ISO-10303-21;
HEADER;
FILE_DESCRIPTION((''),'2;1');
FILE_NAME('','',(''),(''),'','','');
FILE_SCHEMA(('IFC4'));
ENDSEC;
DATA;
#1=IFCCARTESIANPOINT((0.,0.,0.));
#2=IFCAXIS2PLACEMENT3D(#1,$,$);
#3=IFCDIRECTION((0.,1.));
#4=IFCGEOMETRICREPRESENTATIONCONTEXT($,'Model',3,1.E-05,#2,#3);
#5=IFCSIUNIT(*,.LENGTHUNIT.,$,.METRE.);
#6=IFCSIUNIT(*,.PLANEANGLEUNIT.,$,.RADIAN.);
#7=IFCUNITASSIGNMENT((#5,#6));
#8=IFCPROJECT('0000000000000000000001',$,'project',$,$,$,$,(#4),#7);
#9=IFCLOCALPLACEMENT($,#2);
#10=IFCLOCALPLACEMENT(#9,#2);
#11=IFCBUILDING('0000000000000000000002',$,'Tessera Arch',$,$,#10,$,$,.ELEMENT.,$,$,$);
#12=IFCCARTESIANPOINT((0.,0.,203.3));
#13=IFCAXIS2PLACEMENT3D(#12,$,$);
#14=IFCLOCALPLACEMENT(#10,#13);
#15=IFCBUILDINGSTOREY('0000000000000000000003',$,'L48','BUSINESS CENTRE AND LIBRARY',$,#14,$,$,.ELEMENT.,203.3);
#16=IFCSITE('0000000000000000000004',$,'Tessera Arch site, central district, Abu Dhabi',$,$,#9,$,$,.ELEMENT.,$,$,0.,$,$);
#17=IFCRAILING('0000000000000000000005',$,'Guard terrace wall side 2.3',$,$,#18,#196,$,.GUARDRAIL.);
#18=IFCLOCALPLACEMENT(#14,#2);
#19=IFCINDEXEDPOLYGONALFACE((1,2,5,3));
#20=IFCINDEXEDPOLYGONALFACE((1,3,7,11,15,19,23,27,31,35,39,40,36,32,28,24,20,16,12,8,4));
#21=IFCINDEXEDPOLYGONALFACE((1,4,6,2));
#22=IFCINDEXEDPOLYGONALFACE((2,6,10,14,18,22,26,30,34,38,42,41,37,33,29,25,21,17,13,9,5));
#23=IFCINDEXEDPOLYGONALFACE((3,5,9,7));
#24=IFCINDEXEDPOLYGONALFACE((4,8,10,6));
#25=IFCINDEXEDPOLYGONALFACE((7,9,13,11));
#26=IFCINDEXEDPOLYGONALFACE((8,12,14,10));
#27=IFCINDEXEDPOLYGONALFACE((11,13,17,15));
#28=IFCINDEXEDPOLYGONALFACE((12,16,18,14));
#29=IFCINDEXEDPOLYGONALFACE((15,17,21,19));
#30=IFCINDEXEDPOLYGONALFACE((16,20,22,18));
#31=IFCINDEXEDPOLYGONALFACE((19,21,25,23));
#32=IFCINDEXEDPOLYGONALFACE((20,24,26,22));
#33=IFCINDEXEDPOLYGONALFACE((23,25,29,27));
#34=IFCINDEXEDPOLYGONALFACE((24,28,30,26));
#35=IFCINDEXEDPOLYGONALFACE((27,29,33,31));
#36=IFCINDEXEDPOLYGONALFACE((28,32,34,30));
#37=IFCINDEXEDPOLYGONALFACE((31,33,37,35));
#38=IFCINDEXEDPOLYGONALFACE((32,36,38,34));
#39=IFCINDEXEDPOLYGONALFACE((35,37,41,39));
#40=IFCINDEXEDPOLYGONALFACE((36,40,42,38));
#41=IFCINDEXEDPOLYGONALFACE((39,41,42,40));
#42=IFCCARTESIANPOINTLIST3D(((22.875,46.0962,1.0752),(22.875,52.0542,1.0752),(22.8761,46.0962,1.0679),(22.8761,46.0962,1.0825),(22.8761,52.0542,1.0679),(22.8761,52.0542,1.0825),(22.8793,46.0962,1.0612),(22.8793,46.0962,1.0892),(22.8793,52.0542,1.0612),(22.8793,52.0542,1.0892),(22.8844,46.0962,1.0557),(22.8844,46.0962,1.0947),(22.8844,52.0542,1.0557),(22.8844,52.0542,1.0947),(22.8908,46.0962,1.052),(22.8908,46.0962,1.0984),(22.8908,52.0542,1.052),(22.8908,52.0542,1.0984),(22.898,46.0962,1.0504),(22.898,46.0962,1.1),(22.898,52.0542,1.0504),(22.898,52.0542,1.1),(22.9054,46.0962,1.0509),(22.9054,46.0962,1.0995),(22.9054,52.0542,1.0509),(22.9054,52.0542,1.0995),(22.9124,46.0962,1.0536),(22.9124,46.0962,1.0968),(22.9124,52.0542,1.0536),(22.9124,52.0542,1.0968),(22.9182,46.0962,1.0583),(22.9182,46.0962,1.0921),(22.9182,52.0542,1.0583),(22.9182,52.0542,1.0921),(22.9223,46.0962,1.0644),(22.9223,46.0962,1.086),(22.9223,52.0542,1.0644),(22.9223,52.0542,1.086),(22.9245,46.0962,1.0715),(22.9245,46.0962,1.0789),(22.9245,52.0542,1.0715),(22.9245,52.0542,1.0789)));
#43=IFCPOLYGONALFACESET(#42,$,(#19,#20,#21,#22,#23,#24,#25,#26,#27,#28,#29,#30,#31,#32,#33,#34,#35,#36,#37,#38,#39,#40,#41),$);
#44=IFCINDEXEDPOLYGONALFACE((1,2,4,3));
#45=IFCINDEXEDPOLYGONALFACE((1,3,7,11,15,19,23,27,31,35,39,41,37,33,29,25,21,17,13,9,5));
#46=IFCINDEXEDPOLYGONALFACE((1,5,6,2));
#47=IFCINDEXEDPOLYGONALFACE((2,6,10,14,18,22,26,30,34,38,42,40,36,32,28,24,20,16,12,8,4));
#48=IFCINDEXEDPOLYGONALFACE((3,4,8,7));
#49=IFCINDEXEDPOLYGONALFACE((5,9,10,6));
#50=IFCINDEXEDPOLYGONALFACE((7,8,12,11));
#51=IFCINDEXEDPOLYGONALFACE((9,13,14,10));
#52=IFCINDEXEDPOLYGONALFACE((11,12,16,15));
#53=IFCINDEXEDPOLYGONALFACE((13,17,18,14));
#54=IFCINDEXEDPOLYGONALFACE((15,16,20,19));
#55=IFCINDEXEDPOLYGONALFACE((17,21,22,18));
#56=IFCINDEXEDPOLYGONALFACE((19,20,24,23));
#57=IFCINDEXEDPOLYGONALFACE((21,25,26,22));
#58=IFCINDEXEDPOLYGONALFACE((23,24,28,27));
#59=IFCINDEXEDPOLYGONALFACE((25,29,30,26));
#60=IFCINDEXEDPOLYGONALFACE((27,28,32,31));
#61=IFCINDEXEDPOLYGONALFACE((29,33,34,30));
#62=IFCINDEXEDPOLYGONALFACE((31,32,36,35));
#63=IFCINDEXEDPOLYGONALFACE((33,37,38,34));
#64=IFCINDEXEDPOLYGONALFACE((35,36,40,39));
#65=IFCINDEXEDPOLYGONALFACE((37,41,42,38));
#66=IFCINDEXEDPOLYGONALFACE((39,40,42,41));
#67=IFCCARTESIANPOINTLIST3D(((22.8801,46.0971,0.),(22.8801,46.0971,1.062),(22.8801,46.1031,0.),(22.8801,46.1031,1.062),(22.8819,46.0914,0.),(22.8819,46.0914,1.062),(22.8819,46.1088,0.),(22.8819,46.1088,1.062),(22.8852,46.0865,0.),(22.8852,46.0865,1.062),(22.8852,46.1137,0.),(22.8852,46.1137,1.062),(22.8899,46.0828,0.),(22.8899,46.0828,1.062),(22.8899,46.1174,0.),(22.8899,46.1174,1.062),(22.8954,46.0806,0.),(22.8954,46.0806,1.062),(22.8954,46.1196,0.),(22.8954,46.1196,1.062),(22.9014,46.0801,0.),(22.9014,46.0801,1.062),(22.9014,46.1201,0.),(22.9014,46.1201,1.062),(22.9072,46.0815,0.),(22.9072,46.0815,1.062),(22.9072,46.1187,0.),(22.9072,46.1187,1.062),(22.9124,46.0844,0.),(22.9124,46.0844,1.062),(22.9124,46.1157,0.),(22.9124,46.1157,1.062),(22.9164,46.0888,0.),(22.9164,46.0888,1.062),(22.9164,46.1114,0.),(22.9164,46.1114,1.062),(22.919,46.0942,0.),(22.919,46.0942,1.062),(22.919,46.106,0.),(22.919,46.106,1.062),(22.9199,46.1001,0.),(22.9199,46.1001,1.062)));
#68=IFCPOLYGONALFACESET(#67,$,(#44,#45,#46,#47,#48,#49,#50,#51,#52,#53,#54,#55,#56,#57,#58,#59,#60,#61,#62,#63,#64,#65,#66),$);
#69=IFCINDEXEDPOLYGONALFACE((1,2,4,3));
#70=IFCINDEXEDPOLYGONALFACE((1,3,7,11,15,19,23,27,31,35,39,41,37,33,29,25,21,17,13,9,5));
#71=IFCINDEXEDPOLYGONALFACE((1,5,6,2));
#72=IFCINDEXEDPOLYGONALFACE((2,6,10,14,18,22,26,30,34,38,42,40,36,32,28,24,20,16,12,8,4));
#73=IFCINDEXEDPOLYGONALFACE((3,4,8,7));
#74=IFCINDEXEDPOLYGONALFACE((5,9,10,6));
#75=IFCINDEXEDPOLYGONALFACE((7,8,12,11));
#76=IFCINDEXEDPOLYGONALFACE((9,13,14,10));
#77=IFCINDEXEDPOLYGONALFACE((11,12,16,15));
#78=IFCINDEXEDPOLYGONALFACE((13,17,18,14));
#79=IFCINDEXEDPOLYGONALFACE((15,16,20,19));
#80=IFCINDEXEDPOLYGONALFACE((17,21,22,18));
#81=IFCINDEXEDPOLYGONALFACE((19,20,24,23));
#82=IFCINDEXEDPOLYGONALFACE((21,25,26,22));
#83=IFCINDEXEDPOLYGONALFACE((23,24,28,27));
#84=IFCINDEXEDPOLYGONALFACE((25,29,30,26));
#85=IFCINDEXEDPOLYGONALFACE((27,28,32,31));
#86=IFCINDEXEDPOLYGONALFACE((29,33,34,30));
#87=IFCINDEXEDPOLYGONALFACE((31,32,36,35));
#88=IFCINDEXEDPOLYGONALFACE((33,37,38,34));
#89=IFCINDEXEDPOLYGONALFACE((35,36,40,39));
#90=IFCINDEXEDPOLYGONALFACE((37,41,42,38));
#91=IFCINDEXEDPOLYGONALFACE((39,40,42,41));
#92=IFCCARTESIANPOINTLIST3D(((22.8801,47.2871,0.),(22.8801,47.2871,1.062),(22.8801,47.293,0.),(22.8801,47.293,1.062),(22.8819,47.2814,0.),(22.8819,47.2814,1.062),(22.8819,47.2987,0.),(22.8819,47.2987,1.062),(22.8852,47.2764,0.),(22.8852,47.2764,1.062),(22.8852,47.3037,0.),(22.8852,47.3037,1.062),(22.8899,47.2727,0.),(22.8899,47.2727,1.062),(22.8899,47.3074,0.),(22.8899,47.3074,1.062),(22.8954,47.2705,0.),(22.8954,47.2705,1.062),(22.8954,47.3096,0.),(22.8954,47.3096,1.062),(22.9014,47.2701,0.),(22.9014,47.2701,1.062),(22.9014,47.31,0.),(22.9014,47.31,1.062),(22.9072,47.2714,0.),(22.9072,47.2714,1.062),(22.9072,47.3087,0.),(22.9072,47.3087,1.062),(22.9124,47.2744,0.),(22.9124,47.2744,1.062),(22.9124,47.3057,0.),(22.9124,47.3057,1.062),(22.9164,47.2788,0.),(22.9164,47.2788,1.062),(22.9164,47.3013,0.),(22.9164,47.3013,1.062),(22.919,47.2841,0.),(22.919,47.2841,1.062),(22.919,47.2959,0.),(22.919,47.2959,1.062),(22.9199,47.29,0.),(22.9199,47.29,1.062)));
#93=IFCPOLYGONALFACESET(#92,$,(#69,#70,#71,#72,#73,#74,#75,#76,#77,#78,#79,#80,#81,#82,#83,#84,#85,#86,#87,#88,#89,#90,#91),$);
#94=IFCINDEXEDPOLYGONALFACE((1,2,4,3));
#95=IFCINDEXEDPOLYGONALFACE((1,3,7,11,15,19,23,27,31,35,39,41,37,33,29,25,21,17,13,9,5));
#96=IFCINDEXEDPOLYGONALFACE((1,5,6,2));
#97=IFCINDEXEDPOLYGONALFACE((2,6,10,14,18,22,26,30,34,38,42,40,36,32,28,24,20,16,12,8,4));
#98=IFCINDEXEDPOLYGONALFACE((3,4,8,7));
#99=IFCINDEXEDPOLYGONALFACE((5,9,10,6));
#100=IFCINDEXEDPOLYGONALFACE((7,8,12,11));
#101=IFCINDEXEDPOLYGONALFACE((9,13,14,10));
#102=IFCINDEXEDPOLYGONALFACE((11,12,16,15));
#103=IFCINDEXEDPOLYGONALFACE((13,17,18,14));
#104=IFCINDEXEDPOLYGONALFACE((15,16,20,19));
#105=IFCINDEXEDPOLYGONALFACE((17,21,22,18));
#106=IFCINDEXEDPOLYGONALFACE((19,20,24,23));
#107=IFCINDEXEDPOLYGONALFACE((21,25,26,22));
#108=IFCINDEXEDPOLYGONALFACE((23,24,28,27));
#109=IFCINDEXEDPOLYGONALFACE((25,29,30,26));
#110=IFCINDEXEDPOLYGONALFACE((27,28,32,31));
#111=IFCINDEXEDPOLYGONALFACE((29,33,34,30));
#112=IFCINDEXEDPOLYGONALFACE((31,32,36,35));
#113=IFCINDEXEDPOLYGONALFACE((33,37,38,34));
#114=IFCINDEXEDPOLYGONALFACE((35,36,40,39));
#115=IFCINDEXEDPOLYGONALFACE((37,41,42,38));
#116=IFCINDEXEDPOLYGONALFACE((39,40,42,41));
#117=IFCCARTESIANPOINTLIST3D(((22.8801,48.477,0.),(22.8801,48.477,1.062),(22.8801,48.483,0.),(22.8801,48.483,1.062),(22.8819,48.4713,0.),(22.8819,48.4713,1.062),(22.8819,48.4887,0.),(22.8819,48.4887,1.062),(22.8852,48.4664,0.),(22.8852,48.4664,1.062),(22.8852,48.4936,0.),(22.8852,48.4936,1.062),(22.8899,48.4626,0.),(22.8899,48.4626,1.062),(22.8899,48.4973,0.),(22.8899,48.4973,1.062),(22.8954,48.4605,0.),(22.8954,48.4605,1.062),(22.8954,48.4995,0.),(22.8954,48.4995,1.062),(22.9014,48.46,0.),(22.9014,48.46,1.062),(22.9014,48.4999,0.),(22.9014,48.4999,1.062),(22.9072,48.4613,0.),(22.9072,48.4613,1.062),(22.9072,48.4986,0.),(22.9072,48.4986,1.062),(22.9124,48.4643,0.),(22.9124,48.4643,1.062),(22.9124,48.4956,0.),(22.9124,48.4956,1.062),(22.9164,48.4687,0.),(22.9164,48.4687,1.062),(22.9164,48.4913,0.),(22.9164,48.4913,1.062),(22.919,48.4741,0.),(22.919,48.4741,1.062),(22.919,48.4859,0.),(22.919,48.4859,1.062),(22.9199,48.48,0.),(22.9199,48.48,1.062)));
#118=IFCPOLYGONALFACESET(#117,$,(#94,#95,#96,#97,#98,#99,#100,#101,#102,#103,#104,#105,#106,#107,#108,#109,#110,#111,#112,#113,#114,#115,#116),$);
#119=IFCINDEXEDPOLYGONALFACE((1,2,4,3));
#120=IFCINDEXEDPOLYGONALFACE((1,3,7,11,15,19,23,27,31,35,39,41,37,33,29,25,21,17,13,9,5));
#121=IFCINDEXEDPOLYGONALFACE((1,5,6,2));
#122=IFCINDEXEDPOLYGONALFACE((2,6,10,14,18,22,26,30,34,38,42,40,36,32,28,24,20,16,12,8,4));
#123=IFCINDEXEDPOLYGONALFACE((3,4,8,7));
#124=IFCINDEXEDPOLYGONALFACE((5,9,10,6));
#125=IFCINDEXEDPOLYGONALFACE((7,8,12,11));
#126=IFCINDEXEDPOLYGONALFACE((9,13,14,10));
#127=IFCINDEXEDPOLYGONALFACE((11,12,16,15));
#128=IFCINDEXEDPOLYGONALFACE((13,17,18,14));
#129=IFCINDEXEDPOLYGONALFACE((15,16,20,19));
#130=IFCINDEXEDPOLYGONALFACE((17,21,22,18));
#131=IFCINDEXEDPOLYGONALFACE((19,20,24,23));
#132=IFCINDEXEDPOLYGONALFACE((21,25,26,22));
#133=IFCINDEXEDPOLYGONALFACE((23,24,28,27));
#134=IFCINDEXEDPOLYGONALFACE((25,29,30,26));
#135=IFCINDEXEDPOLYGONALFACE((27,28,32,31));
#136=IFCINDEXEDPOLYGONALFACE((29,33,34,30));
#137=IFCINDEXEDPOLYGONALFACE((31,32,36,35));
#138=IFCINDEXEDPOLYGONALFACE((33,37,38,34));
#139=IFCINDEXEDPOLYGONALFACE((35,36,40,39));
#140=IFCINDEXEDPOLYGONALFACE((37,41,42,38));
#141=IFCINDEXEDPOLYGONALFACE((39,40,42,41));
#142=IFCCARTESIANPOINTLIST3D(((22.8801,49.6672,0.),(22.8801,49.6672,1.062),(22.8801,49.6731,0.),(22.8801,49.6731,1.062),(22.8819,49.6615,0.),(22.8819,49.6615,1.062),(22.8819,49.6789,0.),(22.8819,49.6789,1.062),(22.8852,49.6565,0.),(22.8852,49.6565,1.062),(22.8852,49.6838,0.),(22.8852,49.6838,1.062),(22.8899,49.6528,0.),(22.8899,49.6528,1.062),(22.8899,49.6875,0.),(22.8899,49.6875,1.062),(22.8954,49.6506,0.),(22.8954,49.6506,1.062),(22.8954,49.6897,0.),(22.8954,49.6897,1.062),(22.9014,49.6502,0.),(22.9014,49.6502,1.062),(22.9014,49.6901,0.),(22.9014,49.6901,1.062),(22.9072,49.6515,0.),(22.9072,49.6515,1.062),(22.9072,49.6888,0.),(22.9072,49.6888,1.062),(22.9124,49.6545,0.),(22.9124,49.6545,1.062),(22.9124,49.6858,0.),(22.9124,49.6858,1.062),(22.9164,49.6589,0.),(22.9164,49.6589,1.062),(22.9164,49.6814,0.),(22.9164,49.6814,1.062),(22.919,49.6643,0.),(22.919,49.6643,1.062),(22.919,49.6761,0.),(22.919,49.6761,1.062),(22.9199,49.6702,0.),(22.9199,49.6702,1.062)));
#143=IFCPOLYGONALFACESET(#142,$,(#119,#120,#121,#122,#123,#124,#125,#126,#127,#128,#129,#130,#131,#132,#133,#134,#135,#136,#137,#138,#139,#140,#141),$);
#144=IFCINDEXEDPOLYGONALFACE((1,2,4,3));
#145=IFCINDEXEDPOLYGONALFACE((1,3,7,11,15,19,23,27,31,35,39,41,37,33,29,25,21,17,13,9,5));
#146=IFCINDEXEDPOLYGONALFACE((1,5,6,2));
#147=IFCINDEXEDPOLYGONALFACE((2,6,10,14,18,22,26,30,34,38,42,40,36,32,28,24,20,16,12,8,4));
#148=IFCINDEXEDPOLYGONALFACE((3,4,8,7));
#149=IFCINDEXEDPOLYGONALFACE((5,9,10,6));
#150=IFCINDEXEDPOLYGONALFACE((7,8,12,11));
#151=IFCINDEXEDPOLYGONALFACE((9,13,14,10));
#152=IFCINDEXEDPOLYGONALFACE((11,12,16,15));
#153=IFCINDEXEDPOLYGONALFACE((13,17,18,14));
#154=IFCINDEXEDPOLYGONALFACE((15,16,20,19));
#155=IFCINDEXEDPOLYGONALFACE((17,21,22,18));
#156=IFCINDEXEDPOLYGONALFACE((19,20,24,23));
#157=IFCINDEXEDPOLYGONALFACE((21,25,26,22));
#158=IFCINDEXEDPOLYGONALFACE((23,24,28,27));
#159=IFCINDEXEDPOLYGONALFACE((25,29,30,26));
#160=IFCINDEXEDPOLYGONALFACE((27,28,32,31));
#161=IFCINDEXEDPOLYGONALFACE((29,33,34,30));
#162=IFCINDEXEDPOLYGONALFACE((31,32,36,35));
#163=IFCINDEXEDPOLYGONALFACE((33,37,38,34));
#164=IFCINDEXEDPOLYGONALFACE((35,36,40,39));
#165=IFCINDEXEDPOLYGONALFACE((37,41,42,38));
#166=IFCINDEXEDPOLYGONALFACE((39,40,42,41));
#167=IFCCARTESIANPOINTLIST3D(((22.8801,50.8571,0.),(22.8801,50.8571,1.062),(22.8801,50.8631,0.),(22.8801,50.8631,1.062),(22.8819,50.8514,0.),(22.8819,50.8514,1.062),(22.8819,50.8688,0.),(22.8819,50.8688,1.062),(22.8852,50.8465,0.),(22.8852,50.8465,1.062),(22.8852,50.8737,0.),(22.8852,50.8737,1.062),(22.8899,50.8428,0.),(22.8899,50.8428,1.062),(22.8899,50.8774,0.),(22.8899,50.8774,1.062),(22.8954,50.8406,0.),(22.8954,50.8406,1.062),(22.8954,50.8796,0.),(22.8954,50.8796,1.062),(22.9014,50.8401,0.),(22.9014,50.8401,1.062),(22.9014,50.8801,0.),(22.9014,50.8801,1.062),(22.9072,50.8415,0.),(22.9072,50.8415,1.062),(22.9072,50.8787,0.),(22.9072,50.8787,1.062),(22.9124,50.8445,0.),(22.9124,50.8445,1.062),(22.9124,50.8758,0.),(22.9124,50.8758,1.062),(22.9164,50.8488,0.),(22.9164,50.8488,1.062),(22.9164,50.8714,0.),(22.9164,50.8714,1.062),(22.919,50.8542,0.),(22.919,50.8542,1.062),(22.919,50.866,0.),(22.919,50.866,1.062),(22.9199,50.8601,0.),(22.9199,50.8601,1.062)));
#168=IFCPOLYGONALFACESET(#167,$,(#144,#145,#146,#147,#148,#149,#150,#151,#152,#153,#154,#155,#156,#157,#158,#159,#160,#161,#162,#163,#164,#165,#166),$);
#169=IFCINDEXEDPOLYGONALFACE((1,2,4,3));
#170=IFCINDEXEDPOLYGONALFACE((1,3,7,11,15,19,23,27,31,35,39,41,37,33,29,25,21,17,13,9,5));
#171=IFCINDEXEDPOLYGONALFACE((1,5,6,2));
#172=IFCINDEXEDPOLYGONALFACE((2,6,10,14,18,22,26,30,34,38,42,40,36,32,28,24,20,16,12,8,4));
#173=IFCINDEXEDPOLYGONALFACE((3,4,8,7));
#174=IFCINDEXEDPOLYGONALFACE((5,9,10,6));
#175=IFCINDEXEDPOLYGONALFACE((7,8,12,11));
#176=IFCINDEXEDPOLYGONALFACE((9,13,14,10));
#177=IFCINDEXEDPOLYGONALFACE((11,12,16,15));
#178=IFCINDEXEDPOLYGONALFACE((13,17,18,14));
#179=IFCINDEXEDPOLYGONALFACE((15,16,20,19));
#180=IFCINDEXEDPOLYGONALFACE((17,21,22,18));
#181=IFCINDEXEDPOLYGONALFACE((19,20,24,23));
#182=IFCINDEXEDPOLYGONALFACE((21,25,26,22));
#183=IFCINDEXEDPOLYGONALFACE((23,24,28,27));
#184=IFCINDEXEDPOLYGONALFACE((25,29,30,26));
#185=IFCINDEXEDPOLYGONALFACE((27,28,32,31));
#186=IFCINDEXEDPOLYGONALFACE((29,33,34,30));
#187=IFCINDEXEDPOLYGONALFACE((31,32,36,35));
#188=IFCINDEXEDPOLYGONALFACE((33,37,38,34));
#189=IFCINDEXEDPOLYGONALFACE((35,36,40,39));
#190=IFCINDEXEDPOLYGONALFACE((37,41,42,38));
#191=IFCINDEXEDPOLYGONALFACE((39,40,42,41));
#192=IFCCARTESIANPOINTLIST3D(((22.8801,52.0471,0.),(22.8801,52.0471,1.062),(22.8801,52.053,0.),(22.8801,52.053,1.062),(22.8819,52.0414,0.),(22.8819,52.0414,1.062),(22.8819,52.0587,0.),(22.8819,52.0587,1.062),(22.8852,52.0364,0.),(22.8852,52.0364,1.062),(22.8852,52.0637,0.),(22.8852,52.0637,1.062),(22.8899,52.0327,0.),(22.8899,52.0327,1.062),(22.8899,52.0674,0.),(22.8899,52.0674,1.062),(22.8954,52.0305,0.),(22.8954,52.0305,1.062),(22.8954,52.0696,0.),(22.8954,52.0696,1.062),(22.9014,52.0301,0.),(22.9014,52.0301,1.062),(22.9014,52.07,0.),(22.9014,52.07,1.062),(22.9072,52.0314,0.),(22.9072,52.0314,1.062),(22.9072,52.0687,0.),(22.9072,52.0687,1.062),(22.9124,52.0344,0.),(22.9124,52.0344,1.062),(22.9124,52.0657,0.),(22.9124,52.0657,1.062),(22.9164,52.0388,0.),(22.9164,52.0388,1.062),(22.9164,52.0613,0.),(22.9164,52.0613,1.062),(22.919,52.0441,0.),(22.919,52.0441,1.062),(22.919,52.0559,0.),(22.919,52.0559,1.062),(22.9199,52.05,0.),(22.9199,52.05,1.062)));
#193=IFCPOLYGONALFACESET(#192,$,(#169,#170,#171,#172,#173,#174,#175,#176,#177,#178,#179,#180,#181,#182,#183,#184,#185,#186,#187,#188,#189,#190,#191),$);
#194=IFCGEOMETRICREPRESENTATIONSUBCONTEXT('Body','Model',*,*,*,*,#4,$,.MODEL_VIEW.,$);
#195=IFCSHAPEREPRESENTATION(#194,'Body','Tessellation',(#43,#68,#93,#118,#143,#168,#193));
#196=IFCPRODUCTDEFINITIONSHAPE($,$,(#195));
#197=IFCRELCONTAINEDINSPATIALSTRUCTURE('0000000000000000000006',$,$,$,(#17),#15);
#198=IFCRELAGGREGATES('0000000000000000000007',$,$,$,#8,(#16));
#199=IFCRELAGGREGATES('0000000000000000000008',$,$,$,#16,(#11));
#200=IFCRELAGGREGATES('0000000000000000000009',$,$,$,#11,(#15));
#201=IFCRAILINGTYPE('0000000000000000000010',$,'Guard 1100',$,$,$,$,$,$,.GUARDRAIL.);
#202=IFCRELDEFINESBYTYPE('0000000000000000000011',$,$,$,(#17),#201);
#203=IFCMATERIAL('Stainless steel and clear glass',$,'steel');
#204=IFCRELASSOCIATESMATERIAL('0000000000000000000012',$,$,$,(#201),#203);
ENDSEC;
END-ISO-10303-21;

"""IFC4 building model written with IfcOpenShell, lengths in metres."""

from ifc_helpers import new_model, si_unit, direction, frame, origin, origin_2d, place, context, subcontext, project, spatial, circle, extrude, material, type_object, element, save


model = new_model("IFC4")

# Units and contexts
model_context = context("Model", 3, precision=1e-05, world=origin(), true_north=direction((0.0, 1.0)))
body_context = subcontext(model_context, "Body", "Model", "MODEL_VIEW")
ifc_project = project(units=[si_unit("LENGTHUNIT", "METRE"), si_unit("PLANEANGLEUNIT", "RADIAN")], contexts=[model_context])

# Site, building, storey
site_placement = place(None, origin())
site = spatial("IfcSite", under=ifc_project, at=site_placement, Name="Tessera Arch site, central district, Abu Dhabi", CompositionType="ELEMENT", RefElevation=0.0)
building_placement = place(site_placement, origin())
building = spatial("IfcBuilding", under=site, at=building_placement, Name="Tessera Arch", CompositionType="ELEMENT")
storey_placement = place(building_placement, frame((0.0, 0.0, 203.3)))
storey = spatial("IfcBuildingStorey", under=building, at=storey_placement, Name="L48", Description="BUSINESS CENTRE AND LIBRARY", CompositionType="ELEMENT", Elevation=203.3)

# Railing
ifc_material_1 = material(Name="Stainless steel and clear glass", Category="steel")
railing_type = type_object("IfcRailingType", Name="Guard 1100", PredefinedType="GUARDRAIL", material=ifc_material_1)
railing_1_placement = place(storey_placement, frame((22.8999, 46.1001, 0.0)))
element("IfcRailing", 1, at=railing_1_placement, inside=storey, type_object=railing_type, Name="Guard terrace wall side 2.3", PredefinedType="GUARDRAIL", context=body_context, shape_type="SweptSolid", body=[
    extrude(circle(Radius=0.0249, at=origin_2d()), frame((0.0, -0.0039, 1.0752), z_axis=(0.0, 1.0, 0.0), x_axis=(-1.0, 0.0, 0.0)), (0.0, 0.0, 1.0), 5.958),
    extrude(circle(Radius=0.02, at=origin_2d()), origin(), (0.0, 0.0, 1.0), 1.062),
    extrude(circle(Radius=0.02, at=origin_2d()), frame((0.0, 1.1899, 0.0)), (0.0, 0.0, 1.0), 1.062),
    extrude(circle(Radius=0.02, at=origin_2d()), frame((0.0, 2.3799, 0.0)), (0.0, 0.0, 1.0), 1.062),
    extrude(circle(Radius=0.02, at=origin_2d()), frame((0.0, 3.5701, 0.0)), (0.0, 0.0, 1.0), 1.062),
    extrude(circle(Radius=0.02, at=origin_2d()), frame((0.0, 4.76, 0.0)), (0.0, 0.0, 1.0), 1.062),
    extrude(circle(Radius=0.02, at=origin_2d()), frame((0.0, 5.95, 0.0)), (0.0, 0.0, 1.0), 1.062),
])

save(model, "model.ifc")
